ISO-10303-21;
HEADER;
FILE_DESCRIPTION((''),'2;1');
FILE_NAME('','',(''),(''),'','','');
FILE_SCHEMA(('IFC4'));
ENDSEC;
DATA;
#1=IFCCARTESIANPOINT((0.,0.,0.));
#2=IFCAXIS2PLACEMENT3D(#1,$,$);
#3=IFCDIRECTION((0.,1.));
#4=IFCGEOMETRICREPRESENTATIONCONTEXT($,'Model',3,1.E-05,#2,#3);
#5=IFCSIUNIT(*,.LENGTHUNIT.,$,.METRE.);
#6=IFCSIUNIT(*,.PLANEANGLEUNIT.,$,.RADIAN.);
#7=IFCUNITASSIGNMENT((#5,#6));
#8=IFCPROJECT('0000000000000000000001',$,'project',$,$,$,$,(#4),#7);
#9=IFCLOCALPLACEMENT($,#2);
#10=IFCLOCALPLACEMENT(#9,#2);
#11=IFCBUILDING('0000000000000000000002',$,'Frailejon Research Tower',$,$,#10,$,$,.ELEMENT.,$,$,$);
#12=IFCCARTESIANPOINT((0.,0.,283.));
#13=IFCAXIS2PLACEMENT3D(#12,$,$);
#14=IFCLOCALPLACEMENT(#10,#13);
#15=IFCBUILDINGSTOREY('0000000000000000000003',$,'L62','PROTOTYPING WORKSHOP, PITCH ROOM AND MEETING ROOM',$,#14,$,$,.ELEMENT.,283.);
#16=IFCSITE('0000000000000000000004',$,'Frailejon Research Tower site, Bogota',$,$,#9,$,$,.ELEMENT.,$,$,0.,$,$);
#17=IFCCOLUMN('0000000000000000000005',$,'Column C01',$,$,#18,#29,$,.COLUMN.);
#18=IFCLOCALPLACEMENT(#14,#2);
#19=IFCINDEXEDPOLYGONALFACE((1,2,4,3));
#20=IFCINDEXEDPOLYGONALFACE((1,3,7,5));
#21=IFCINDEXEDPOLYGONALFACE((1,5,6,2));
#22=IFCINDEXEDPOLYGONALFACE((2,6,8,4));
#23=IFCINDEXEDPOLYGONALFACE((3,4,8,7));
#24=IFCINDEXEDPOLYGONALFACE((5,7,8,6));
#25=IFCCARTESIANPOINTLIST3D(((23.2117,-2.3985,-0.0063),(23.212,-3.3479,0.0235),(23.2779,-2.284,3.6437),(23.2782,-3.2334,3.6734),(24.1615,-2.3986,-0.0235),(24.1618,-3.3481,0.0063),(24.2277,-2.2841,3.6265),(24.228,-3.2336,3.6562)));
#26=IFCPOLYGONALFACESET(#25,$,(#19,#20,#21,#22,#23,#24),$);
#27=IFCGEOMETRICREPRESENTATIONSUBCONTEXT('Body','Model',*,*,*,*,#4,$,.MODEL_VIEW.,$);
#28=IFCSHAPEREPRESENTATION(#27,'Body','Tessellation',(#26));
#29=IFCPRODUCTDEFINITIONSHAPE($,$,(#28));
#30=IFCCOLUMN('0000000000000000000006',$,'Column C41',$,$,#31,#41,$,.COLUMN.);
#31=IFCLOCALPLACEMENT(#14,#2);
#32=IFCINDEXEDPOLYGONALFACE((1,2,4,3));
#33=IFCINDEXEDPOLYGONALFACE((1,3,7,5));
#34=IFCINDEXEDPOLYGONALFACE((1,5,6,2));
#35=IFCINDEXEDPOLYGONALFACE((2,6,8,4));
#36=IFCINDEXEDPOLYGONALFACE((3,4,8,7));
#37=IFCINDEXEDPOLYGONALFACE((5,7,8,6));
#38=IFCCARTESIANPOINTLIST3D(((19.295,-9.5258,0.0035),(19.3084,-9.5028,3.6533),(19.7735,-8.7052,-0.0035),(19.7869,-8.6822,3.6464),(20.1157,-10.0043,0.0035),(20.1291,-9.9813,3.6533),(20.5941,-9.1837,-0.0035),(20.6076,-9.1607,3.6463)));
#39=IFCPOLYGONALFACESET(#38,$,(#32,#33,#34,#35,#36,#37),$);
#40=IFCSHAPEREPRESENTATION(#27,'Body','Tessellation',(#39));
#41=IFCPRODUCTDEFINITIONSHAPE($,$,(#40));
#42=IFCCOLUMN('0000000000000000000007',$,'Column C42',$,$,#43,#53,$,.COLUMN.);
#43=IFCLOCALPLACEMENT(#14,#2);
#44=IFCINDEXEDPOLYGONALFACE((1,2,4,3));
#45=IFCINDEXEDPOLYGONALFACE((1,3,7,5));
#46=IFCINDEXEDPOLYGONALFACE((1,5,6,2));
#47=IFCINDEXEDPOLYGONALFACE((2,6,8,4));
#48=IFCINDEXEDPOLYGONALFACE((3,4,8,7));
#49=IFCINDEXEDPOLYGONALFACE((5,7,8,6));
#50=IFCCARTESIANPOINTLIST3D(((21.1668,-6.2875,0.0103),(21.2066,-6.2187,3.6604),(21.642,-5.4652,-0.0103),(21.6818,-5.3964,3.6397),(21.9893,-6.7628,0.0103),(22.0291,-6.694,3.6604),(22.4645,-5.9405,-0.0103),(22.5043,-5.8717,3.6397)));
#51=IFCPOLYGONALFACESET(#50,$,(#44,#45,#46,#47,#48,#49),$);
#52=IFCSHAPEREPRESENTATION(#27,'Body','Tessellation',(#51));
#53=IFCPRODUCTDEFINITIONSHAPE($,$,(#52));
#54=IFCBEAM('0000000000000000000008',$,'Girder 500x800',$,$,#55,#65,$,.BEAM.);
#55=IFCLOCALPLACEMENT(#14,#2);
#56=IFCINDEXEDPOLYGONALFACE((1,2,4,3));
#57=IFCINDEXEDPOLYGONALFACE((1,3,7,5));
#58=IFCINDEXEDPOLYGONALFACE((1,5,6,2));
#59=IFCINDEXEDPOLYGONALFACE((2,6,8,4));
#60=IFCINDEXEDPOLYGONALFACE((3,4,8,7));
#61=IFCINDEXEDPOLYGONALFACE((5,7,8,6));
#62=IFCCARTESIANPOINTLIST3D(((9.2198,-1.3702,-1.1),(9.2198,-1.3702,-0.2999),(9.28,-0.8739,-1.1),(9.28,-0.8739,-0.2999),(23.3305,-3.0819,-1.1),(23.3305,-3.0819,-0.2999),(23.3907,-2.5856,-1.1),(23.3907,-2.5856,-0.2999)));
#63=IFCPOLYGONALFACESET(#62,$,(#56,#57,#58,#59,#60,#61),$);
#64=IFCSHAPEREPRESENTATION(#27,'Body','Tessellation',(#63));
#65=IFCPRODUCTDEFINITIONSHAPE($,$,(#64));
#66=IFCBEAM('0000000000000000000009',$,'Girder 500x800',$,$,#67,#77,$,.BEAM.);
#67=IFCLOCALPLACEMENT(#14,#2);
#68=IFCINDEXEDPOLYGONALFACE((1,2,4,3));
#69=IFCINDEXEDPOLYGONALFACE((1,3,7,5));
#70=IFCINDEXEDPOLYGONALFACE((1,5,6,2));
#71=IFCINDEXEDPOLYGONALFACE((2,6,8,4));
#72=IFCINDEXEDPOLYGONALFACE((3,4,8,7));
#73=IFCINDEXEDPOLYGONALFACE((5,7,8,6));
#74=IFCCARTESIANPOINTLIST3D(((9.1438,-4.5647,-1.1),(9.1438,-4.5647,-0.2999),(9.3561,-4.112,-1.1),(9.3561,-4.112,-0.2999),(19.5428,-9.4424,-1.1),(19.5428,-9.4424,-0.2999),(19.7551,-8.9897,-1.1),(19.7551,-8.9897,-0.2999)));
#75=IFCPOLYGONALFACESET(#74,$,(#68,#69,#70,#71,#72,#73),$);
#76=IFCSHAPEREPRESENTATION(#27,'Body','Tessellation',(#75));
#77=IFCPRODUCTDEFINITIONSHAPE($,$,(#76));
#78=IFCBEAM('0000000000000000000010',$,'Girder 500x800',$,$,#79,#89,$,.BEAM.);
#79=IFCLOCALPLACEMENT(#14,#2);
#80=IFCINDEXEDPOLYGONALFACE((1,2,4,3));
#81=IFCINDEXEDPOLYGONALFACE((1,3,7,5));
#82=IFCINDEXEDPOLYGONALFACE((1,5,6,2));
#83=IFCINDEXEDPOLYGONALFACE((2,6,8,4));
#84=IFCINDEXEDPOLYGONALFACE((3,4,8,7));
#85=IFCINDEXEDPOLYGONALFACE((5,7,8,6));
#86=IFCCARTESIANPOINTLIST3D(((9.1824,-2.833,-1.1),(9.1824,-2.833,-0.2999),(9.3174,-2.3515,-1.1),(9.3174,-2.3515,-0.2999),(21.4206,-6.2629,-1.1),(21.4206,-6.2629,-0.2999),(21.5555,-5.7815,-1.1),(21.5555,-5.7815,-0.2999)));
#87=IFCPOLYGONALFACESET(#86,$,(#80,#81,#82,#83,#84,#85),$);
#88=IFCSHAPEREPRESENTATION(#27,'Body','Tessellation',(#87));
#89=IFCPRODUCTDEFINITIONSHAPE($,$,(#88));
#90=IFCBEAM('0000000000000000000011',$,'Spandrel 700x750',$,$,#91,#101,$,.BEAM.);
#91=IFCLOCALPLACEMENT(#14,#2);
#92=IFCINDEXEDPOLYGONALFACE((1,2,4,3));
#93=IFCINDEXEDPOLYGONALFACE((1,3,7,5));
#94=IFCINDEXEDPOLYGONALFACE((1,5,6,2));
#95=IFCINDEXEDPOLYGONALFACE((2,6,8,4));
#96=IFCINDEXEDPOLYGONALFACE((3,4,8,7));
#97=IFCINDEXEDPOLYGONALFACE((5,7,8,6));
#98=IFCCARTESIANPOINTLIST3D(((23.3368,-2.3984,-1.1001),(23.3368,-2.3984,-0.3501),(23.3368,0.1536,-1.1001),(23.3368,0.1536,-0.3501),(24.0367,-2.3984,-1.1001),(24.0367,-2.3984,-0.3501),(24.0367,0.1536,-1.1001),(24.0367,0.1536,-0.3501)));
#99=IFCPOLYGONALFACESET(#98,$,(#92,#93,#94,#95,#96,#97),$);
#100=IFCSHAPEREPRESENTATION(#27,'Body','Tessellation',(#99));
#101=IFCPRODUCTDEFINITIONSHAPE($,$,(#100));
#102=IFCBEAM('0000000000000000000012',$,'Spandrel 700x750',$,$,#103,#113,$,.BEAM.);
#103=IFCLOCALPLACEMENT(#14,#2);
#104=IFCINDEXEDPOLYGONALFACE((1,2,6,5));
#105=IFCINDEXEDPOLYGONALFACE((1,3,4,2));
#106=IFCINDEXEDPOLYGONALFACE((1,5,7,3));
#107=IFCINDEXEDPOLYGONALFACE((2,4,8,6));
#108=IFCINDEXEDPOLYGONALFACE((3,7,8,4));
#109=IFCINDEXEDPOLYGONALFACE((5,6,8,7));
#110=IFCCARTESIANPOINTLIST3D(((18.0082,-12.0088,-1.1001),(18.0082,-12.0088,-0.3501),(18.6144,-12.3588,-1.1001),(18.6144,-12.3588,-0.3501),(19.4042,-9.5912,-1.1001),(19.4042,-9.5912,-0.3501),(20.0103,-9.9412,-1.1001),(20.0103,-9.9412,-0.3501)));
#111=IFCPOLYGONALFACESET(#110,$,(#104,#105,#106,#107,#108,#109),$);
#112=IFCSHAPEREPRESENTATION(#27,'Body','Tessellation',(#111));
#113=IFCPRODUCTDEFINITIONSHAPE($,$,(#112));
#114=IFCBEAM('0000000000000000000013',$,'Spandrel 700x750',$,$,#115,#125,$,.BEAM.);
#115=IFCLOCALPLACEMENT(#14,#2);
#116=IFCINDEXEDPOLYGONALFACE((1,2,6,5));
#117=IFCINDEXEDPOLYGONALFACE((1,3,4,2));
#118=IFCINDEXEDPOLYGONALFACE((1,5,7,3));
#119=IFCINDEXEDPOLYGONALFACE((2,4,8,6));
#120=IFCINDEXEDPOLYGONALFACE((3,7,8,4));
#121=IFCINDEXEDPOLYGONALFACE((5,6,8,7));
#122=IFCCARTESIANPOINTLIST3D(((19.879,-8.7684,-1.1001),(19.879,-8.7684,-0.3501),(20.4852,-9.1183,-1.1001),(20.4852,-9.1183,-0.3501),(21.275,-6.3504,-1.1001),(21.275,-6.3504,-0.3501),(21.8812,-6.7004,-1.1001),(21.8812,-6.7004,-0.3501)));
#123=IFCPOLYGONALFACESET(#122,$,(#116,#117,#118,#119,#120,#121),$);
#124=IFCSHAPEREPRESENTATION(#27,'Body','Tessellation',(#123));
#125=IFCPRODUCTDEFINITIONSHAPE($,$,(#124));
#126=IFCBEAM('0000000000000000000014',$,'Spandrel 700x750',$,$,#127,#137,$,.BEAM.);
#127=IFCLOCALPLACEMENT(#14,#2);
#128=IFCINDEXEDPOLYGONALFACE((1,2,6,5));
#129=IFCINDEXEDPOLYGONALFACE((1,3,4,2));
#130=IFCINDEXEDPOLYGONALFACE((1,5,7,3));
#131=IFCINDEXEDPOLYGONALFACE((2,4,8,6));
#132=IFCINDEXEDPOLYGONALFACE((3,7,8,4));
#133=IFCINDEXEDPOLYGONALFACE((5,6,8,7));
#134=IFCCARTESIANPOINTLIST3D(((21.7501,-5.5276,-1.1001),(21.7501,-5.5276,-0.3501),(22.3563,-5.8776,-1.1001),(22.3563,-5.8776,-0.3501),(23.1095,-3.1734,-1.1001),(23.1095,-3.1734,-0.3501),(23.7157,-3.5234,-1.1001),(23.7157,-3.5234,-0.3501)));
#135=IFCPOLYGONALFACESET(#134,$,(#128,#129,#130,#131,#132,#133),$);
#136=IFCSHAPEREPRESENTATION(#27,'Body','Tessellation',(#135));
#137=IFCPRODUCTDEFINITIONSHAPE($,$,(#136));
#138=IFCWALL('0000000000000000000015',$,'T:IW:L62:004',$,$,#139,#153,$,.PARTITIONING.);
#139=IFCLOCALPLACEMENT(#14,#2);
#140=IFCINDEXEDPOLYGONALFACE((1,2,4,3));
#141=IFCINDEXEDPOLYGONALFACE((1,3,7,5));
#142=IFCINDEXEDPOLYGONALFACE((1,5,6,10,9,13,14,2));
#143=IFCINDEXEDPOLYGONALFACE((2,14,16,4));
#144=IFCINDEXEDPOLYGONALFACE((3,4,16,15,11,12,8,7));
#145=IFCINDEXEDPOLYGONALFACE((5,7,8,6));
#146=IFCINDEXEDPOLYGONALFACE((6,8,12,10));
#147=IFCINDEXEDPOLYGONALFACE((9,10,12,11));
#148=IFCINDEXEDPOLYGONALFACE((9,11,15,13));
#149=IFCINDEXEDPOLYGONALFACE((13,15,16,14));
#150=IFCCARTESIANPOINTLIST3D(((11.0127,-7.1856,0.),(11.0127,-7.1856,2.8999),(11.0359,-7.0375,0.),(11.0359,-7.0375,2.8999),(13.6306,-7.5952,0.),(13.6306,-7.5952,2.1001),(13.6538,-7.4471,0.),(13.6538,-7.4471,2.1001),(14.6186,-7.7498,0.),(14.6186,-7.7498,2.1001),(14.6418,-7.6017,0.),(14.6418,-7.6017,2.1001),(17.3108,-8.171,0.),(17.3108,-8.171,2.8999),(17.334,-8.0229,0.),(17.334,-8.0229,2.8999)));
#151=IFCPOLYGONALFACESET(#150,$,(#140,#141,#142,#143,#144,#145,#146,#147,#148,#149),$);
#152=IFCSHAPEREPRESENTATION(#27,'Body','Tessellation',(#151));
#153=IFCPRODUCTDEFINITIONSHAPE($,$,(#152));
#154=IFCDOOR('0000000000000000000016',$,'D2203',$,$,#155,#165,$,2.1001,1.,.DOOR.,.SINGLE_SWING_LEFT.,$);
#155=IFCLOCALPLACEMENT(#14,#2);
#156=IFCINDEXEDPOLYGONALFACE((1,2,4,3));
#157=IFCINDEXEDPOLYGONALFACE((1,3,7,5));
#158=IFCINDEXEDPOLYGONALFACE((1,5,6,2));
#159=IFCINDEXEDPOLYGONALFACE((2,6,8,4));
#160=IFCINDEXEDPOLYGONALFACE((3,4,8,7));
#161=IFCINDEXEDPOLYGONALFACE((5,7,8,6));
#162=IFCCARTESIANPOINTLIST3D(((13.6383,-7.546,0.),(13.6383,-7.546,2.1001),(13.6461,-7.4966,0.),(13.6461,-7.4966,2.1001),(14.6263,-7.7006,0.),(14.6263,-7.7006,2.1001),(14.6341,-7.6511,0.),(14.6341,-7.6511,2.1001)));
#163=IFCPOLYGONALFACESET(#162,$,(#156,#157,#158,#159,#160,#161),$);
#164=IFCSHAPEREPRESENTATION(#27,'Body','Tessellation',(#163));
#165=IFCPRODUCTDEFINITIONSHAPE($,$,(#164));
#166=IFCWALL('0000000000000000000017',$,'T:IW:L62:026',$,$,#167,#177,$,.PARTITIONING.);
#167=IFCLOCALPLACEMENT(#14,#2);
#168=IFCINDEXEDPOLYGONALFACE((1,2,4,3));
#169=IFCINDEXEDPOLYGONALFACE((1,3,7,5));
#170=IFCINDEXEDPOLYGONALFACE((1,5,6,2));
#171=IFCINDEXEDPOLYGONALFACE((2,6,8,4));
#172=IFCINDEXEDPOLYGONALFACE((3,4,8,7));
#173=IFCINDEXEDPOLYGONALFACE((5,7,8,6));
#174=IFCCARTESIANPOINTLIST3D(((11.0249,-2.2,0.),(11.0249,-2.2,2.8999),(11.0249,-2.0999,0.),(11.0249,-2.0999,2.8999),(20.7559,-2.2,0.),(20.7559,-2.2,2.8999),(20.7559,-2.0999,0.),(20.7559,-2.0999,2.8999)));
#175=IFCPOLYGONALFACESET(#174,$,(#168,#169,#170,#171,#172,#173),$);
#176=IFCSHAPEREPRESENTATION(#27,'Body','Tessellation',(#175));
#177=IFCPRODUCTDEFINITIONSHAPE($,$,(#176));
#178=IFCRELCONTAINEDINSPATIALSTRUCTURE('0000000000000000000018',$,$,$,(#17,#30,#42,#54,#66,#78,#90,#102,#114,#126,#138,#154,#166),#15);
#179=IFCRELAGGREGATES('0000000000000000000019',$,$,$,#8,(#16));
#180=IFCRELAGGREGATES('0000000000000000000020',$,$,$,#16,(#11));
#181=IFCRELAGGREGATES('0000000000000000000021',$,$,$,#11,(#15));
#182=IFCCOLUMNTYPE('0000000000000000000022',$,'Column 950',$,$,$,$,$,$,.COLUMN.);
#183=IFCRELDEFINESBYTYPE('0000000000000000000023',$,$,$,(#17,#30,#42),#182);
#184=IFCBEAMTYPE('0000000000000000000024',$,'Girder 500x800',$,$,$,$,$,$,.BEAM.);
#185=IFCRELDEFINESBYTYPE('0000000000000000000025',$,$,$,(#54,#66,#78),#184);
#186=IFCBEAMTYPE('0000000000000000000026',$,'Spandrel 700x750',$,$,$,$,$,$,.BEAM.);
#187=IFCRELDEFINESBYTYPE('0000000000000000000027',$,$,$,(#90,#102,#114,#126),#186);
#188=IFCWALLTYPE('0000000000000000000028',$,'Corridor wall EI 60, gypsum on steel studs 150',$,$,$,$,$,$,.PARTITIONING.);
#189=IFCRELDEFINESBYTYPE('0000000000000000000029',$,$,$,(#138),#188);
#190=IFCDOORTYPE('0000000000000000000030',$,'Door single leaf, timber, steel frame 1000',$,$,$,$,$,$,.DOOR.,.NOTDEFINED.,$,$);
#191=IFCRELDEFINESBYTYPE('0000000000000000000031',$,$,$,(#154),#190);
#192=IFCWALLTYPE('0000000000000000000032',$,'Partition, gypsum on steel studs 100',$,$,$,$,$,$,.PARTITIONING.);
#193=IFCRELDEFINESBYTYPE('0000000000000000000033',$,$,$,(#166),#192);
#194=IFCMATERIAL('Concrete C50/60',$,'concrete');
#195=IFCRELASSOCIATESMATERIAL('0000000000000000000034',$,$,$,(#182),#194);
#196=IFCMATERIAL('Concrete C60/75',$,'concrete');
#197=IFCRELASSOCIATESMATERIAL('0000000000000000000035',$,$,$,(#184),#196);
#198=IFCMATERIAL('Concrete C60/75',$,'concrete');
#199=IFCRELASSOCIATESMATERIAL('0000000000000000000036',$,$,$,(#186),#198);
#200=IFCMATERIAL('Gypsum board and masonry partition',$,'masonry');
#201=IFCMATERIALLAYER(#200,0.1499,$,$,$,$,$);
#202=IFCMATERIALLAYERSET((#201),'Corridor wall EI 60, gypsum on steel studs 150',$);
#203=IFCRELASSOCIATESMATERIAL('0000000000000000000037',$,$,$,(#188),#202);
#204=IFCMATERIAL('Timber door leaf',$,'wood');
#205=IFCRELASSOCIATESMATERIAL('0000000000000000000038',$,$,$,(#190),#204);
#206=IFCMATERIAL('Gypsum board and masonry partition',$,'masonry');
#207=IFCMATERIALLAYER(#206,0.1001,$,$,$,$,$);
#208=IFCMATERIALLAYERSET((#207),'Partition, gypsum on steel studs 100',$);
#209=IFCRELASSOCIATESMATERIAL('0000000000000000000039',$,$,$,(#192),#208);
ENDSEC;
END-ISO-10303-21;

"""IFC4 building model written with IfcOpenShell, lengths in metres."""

from ifc_helpers import new_model, si_unit, direction, frame, frame_2d, origin, origin_2d, place, context, subcontext, project, spatial, rectangle, extrude, material, layer, layer_set, material_profile, profile_set, type_object, element, fill, save


model = new_model("IFC4")

# Units and contexts
model_context = context("Model", 3, precision=1e-05, world=origin(), true_north=direction((0.0, 1.0)))
body_context = subcontext(model_context, "Body", "Model", "MODEL_VIEW")
ifc_project = project(units=[si_unit("LENGTHUNIT", "METRE"), si_unit("PLANEANGLEUNIT", "RADIAN")], contexts=[model_context])

# Site, building, storey
site_placement = place(None, origin())
site = spatial("IfcSite", under=ifc_project, at=site_placement, Name="Frailejon Research Tower site, Bogota", CompositionType="ELEMENT", RefElevation=0.0)
building_placement = place(site_placement, origin())
building = spatial("IfcBuilding", under=site, at=building_placement, Name="Frailejon Research Tower", CompositionType="ELEMENT")
storey_placement = place(building_placement, frame((0.0, 0.0, 283.0)))
storey = spatial("IfcBuildingStorey", under=building, at=storey_placement, Name="L62", Description="PROTOTYPING WORKSHOP, PITCH ROOM AND MEETING ROOM", CompositionType="ELEMENT", Elevation=283.0)

# Columns
ifc_material_1 = material(Name="Concrete C50/60", Category="concrete")
ifc_material_profile_1 = material_profile(ifc_material_1, rectangle(XDim=0.95, YDim=0.95, at=origin_2d()), Name="Column 950")
ifc_profile_set_1 = profile_set([ifc_material_profile_1], Name="Concrete C50/60")
column_type = type_object("IfcColumnType", Name="Column 950", PredefinedType="COLUMN", material=ifc_profile_set_1)
column_1_placement = place(storey_placement, frame((23.6868, -2.8733, 0.0), z_axis=(0.018115, 0.031351, 0.999344), x_axis=(-0.000375, 0.999508, -0.031349)))
element("IfcColumn", 1, at=column_1_placement, inside=storey, type_object=column_type, Name="Column C01", PredefinedType="COLUMN", context=body_context, shape_type="SweptSolid", body=[
    extrude(rectangle(XDim=0.95, YDim=0.95, at=origin_2d()), origin(), (0.0, 0.0, 1.0), 3.6523),
])
column_2_placement = place(storey_placement, frame((19.9446, -9.3547, 0.0), z_axis=(0.003679, 0.006287, 0.999973), x_axis=(0.503695, 0.863851, -0.007285)))
element("IfcColumn", 2, at=column_2_placement, inside=storey, type_object=column_type, Name="Column C41", PredefinedType="COLUMN", context=body_context, shape_type="SweptSolid", body=[
    extrude(rectangle(XDim=0.95, YDim=0.95, at=origin_2d()), origin(), (0.0, 0.0, 1.0), 3.6499),
])
column_3_placement = place(storey_placement, frame((21.8157, -6.114, 0.0), z_axis=(0.0109, 0.018858, 0.999763), x_axis=(0.500226, 0.865621, -0.021782)))
element("IfcColumn", 3, at=column_3_placement, inside=storey, type_object=column_type, Name="Column C42", PredefinedType="COLUMN", context=body_context, shape_type="SweptSolid", body=[
    extrude(rectangle(XDim=0.95, YDim=0.95, at=origin_2d()), origin(), (0.0, 0.0, 1.0), 3.6509),
])

# Beams
ifc_material_2 = material(Name="Concrete C60/75", Category="concrete")
ifc_material_profile_2 = material_profile(ifc_material_2, rectangle(XDim=0.5, YDim=0.8, at=origin_2d()), Name="Girder 500x800")
ifc_profile_set_2 = profile_set([ifc_material_profile_2], Name="Concrete C60/75")
beam_type_1 = type_object("IfcBeamType", Name="Girder 500x800", PredefinedType="BEAM", material=ifc_profile_set_2)
beam_1_placement = place(storey_placement, frame((23.3606, -2.8337, -0.7), z_axis=(-0.992723, 0.120421, 0.0), x_axis=(-0.120421, -0.992723, 0.0)))
element("IfcBeam", 4, at=beam_1_placement, inside=storey, type_object=beam_type_1, Name="Girder 500x800", PredefinedType="BEAM", context=body_context, shape_type="SweptSolid", body=[
    extrude(rectangle(XDim=0.5, YDim=0.8, at=origin_2d()), origin(), (0.0, 0.0, 1.0), 14.2141),
])
beam_2_placement = place(storey_placement, frame((19.6489, -9.2161, -0.7), z_axis=(-0.905352, 0.424661, 0.0), x_axis=(-0.424661, -0.905352, 0.0)))
element("IfcBeam", 5, at=beam_2_placement, inside=storey, type_object=beam_type_1, Name="Girder 500x800", PredefinedType="BEAM", context=body_context, shape_type="SweptSolid", body=[
    extrude(rectangle(XDim=0.5, YDim=0.8, at=origin_2d()), origin(), (0.0, 0.0, 1.0), 11.4861),
])
beam_3_placement = place(storey_placement, frame((21.488, -6.0222, -0.7), z_axis=(-0.962897, 0.269869, 0.0), x_axis=(-0.269869, -0.962897, 0.0)))
element("IfcBeam", 6, at=beam_3_placement, inside=storey, type_object=beam_type_1, Name="Girder 500x800", PredefinedType="BEAM", context=body_context, shape_type="SweptSolid", body=[
    extrude(rectangle(XDim=0.5, YDim=0.8, at=origin_2d()), origin(), (0.0, 0.0, 1.0), 12.7097),
])
ifc_material_3 = material(Name="Concrete C60/75", Category="concrete")
ifc_material_profile_3 = material_profile(ifc_material_3, rectangle(XDim=0.7, YDim=0.75, at=origin_2d()), Name="Spandrel 700x750")
ifc_profile_set_3 = profile_set([ifc_material_profile_3], Name="Concrete C60/75")
beam_type_2 = type_object("IfcBeamType", Name="Spandrel 700x750", PredefinedType="BEAM", material=ifc_profile_set_3)
beam_4_placement = place(storey_placement, frame((23.6868, -2.3984, -0.7251), z_axis=(0.0, 1.0, 0.0), x_axis=(-1.0, 0.0, 0.0)))
element("IfcBeam", 7, at=beam_4_placement, inside=storey, type_object=beam_type_2, Name="Spandrel 700x750", PredefinedType="BEAM", context=body_context, shape_type="SweptSolid", body=[
    extrude(rectangle(XDim=0.7, YDim=0.75, at=origin_2d()), origin(), (0.0, 0.0, 1.0), 2.552),
])
beam_5_placement = place(storey_placement, frame((18.3113, -12.1838, -0.7251), z_axis=(0.500033, 0.866006, 0.0), x_axis=(-0.866006, 0.500033, 0.0)))
element("IfcBeam", 8, at=beam_5_placement, inside=storey, type_object=beam_type_2, Name="Spandrel 700x750", PredefinedType="BEAM", context=body_context, shape_type="SweptSolid", body=[
    extrude(rectangle(XDim=0.7, YDim=0.75, at=origin_2d()), origin(), (0.0, 0.0, 1.0), 2.7917),
])
beam_6_placement = place(storey_placement, frame((20.1821, -8.9434, -0.7251), z_axis=(0.499995, 0.866028, 0.0), x_axis=(-0.866028, 0.499995, 0.0)))
element("IfcBeam", 9, at=beam_6_placement, inside=storey, type_object=beam_type_2, Name="Spandrel 700x750", PredefinedType="BEAM", context=body_context, shape_type="SweptSolid", body=[
    extrude(rectangle(XDim=0.7, YDim=0.75, at=origin_2d()), origin(), (0.0, 0.0, 1.0), 2.792),
])
beam_7_placement = place(storey_placement, frame((22.0532, -5.7026, -0.7251), z_axis=(0.500041, 0.866002, 0.0), x_axis=(-0.866002, 0.500041, 0.0)))
element("IfcBeam", 10, at=beam_7_placement, inside=storey, type_object=beam_type_2, Name="Spandrel 700x750", PredefinedType="BEAM", context=body_context, shape_type="SweptSolid", body=[
    extrude(rectangle(XDim=0.7, YDim=0.75, at=origin_2d()), origin(), (0.0, 0.0, 1.0), 2.7185),
])

# Wall, opening, door
ifc_material_4 = material(Name="Gypsum board and masonry partition", Category="masonry")
ifc_layer_1 = layer(ifc_material_4, 0.1499)
ifc_layer_set_1 = layer_set([ifc_layer_1], Name="Corridor wall EI 60, gypsum on steel studs 150")
wall_type_1 = type_object("IfcWallType", Name="Corridor wall EI 60, gypsum on steel studs 150", PredefinedType="PARTITIONING", material=ifc_layer_set_1)
wall_1_placement = place(storey_placement, frame((11.0242, -7.1116, 0.0), z_axis=(0.0, 0.0, 1.0), x_axis=(0.987982, -0.154572, 0.0)))
wall_1 = element("IfcWall", 11, at=wall_1_placement, inside=storey, type_object=wall_type_1, Name="T:IW:L62:004", PredefinedType="PARTITIONING", context=body_context, shape_type="SweptSolid", body=[
    extrude(rectangle(XDim=6.3748, YDim=0.1499, at=frame_2d((3.1875, 0.0))), origin(), (0.0, 0.0, 1.0), 2.8999),
])
opening_1_placement = place(wall_1_placement, frame((2.6499, 0.0, 0.0)))
opening_1 = element("IfcOpeningElement", 12, at=opening_1_placement, cuts=wall_1, PredefinedType="OPENING", context=body_context, shape_type="SweptSolid", body=[
    extrude(rectangle(XDim=1.0, YDim=2.1001, at=frame_2d((0.5, 1.05))), frame((0.0, 0.085, 0.0), z_axis=(0.0, -1.0, 0.0), x_axis=(1.0, 0.0, 0.0)), (0.0, 0.0, 1.0), 0.1699),
])
ifc_material_5 = material(Name="Timber door leaf", Category="wood")
door_type = type_object("IfcDoorType", Name="Door single leaf, timber, steel frame 1000", OperationType="NOTDEFINED", PredefinedType="DOOR", material=ifc_material_5)
door_placement = place(opening_1_placement, origin())
door = element("IfcDoor", 13, at=door_placement, inside=storey, type_object=door_type, Name="D2203", OperationType="SINGLE_SWING_LEFT", OverallHeight=2.1001, OverallWidth=1.0, PredefinedType="DOOR", context=body_context, shape_type="SweptSolid", body=[
    extrude(rectangle(XDim=1.0, YDim=2.1001, at=frame_2d((0.5, 1.05))), frame((0.0, 0.0249, 0.0), z_axis=(0.0, -1.0, 0.0), x_axis=(1.0, 0.0, 0.0)), (0.0, 0.0, 1.0), 0.05),
])
fill(opening_1, door)

# Wall
ifc_material_6 = material(Name="Gypsum board and masonry partition", Category="masonry")
ifc_layer_2 = layer(ifc_material_6, 0.1001)
ifc_layer_set_2 = layer_set([ifc_layer_2], Name="Partition, gypsum on steel studs 100")
wall_type_2 = type_object("IfcWallType", Name="Partition, gypsum on steel studs 100", PredefinedType="PARTITIONING", material=ifc_layer_set_2)
wall_2_placement = place(storey_placement, frame((11.0249, -2.1499, 0.0), z_axis=(0.0, 0.0, 1.0), x_axis=(1.0, 0.0, 0.0)))
element("IfcWall", 14, at=wall_2_placement, inside=storey, type_object=wall_type_2, Name="T:IW:L62:026", PredefinedType="PARTITIONING", context=body_context, shape_type="SweptSolid", body=[
    extrude(rectangle(XDim=9.731, YDim=0.1001, at=frame_2d((4.8655, 0.0))), origin(), (0.0, 0.0, 1.0), 2.8999),
])

save(model, "model.ifc")
